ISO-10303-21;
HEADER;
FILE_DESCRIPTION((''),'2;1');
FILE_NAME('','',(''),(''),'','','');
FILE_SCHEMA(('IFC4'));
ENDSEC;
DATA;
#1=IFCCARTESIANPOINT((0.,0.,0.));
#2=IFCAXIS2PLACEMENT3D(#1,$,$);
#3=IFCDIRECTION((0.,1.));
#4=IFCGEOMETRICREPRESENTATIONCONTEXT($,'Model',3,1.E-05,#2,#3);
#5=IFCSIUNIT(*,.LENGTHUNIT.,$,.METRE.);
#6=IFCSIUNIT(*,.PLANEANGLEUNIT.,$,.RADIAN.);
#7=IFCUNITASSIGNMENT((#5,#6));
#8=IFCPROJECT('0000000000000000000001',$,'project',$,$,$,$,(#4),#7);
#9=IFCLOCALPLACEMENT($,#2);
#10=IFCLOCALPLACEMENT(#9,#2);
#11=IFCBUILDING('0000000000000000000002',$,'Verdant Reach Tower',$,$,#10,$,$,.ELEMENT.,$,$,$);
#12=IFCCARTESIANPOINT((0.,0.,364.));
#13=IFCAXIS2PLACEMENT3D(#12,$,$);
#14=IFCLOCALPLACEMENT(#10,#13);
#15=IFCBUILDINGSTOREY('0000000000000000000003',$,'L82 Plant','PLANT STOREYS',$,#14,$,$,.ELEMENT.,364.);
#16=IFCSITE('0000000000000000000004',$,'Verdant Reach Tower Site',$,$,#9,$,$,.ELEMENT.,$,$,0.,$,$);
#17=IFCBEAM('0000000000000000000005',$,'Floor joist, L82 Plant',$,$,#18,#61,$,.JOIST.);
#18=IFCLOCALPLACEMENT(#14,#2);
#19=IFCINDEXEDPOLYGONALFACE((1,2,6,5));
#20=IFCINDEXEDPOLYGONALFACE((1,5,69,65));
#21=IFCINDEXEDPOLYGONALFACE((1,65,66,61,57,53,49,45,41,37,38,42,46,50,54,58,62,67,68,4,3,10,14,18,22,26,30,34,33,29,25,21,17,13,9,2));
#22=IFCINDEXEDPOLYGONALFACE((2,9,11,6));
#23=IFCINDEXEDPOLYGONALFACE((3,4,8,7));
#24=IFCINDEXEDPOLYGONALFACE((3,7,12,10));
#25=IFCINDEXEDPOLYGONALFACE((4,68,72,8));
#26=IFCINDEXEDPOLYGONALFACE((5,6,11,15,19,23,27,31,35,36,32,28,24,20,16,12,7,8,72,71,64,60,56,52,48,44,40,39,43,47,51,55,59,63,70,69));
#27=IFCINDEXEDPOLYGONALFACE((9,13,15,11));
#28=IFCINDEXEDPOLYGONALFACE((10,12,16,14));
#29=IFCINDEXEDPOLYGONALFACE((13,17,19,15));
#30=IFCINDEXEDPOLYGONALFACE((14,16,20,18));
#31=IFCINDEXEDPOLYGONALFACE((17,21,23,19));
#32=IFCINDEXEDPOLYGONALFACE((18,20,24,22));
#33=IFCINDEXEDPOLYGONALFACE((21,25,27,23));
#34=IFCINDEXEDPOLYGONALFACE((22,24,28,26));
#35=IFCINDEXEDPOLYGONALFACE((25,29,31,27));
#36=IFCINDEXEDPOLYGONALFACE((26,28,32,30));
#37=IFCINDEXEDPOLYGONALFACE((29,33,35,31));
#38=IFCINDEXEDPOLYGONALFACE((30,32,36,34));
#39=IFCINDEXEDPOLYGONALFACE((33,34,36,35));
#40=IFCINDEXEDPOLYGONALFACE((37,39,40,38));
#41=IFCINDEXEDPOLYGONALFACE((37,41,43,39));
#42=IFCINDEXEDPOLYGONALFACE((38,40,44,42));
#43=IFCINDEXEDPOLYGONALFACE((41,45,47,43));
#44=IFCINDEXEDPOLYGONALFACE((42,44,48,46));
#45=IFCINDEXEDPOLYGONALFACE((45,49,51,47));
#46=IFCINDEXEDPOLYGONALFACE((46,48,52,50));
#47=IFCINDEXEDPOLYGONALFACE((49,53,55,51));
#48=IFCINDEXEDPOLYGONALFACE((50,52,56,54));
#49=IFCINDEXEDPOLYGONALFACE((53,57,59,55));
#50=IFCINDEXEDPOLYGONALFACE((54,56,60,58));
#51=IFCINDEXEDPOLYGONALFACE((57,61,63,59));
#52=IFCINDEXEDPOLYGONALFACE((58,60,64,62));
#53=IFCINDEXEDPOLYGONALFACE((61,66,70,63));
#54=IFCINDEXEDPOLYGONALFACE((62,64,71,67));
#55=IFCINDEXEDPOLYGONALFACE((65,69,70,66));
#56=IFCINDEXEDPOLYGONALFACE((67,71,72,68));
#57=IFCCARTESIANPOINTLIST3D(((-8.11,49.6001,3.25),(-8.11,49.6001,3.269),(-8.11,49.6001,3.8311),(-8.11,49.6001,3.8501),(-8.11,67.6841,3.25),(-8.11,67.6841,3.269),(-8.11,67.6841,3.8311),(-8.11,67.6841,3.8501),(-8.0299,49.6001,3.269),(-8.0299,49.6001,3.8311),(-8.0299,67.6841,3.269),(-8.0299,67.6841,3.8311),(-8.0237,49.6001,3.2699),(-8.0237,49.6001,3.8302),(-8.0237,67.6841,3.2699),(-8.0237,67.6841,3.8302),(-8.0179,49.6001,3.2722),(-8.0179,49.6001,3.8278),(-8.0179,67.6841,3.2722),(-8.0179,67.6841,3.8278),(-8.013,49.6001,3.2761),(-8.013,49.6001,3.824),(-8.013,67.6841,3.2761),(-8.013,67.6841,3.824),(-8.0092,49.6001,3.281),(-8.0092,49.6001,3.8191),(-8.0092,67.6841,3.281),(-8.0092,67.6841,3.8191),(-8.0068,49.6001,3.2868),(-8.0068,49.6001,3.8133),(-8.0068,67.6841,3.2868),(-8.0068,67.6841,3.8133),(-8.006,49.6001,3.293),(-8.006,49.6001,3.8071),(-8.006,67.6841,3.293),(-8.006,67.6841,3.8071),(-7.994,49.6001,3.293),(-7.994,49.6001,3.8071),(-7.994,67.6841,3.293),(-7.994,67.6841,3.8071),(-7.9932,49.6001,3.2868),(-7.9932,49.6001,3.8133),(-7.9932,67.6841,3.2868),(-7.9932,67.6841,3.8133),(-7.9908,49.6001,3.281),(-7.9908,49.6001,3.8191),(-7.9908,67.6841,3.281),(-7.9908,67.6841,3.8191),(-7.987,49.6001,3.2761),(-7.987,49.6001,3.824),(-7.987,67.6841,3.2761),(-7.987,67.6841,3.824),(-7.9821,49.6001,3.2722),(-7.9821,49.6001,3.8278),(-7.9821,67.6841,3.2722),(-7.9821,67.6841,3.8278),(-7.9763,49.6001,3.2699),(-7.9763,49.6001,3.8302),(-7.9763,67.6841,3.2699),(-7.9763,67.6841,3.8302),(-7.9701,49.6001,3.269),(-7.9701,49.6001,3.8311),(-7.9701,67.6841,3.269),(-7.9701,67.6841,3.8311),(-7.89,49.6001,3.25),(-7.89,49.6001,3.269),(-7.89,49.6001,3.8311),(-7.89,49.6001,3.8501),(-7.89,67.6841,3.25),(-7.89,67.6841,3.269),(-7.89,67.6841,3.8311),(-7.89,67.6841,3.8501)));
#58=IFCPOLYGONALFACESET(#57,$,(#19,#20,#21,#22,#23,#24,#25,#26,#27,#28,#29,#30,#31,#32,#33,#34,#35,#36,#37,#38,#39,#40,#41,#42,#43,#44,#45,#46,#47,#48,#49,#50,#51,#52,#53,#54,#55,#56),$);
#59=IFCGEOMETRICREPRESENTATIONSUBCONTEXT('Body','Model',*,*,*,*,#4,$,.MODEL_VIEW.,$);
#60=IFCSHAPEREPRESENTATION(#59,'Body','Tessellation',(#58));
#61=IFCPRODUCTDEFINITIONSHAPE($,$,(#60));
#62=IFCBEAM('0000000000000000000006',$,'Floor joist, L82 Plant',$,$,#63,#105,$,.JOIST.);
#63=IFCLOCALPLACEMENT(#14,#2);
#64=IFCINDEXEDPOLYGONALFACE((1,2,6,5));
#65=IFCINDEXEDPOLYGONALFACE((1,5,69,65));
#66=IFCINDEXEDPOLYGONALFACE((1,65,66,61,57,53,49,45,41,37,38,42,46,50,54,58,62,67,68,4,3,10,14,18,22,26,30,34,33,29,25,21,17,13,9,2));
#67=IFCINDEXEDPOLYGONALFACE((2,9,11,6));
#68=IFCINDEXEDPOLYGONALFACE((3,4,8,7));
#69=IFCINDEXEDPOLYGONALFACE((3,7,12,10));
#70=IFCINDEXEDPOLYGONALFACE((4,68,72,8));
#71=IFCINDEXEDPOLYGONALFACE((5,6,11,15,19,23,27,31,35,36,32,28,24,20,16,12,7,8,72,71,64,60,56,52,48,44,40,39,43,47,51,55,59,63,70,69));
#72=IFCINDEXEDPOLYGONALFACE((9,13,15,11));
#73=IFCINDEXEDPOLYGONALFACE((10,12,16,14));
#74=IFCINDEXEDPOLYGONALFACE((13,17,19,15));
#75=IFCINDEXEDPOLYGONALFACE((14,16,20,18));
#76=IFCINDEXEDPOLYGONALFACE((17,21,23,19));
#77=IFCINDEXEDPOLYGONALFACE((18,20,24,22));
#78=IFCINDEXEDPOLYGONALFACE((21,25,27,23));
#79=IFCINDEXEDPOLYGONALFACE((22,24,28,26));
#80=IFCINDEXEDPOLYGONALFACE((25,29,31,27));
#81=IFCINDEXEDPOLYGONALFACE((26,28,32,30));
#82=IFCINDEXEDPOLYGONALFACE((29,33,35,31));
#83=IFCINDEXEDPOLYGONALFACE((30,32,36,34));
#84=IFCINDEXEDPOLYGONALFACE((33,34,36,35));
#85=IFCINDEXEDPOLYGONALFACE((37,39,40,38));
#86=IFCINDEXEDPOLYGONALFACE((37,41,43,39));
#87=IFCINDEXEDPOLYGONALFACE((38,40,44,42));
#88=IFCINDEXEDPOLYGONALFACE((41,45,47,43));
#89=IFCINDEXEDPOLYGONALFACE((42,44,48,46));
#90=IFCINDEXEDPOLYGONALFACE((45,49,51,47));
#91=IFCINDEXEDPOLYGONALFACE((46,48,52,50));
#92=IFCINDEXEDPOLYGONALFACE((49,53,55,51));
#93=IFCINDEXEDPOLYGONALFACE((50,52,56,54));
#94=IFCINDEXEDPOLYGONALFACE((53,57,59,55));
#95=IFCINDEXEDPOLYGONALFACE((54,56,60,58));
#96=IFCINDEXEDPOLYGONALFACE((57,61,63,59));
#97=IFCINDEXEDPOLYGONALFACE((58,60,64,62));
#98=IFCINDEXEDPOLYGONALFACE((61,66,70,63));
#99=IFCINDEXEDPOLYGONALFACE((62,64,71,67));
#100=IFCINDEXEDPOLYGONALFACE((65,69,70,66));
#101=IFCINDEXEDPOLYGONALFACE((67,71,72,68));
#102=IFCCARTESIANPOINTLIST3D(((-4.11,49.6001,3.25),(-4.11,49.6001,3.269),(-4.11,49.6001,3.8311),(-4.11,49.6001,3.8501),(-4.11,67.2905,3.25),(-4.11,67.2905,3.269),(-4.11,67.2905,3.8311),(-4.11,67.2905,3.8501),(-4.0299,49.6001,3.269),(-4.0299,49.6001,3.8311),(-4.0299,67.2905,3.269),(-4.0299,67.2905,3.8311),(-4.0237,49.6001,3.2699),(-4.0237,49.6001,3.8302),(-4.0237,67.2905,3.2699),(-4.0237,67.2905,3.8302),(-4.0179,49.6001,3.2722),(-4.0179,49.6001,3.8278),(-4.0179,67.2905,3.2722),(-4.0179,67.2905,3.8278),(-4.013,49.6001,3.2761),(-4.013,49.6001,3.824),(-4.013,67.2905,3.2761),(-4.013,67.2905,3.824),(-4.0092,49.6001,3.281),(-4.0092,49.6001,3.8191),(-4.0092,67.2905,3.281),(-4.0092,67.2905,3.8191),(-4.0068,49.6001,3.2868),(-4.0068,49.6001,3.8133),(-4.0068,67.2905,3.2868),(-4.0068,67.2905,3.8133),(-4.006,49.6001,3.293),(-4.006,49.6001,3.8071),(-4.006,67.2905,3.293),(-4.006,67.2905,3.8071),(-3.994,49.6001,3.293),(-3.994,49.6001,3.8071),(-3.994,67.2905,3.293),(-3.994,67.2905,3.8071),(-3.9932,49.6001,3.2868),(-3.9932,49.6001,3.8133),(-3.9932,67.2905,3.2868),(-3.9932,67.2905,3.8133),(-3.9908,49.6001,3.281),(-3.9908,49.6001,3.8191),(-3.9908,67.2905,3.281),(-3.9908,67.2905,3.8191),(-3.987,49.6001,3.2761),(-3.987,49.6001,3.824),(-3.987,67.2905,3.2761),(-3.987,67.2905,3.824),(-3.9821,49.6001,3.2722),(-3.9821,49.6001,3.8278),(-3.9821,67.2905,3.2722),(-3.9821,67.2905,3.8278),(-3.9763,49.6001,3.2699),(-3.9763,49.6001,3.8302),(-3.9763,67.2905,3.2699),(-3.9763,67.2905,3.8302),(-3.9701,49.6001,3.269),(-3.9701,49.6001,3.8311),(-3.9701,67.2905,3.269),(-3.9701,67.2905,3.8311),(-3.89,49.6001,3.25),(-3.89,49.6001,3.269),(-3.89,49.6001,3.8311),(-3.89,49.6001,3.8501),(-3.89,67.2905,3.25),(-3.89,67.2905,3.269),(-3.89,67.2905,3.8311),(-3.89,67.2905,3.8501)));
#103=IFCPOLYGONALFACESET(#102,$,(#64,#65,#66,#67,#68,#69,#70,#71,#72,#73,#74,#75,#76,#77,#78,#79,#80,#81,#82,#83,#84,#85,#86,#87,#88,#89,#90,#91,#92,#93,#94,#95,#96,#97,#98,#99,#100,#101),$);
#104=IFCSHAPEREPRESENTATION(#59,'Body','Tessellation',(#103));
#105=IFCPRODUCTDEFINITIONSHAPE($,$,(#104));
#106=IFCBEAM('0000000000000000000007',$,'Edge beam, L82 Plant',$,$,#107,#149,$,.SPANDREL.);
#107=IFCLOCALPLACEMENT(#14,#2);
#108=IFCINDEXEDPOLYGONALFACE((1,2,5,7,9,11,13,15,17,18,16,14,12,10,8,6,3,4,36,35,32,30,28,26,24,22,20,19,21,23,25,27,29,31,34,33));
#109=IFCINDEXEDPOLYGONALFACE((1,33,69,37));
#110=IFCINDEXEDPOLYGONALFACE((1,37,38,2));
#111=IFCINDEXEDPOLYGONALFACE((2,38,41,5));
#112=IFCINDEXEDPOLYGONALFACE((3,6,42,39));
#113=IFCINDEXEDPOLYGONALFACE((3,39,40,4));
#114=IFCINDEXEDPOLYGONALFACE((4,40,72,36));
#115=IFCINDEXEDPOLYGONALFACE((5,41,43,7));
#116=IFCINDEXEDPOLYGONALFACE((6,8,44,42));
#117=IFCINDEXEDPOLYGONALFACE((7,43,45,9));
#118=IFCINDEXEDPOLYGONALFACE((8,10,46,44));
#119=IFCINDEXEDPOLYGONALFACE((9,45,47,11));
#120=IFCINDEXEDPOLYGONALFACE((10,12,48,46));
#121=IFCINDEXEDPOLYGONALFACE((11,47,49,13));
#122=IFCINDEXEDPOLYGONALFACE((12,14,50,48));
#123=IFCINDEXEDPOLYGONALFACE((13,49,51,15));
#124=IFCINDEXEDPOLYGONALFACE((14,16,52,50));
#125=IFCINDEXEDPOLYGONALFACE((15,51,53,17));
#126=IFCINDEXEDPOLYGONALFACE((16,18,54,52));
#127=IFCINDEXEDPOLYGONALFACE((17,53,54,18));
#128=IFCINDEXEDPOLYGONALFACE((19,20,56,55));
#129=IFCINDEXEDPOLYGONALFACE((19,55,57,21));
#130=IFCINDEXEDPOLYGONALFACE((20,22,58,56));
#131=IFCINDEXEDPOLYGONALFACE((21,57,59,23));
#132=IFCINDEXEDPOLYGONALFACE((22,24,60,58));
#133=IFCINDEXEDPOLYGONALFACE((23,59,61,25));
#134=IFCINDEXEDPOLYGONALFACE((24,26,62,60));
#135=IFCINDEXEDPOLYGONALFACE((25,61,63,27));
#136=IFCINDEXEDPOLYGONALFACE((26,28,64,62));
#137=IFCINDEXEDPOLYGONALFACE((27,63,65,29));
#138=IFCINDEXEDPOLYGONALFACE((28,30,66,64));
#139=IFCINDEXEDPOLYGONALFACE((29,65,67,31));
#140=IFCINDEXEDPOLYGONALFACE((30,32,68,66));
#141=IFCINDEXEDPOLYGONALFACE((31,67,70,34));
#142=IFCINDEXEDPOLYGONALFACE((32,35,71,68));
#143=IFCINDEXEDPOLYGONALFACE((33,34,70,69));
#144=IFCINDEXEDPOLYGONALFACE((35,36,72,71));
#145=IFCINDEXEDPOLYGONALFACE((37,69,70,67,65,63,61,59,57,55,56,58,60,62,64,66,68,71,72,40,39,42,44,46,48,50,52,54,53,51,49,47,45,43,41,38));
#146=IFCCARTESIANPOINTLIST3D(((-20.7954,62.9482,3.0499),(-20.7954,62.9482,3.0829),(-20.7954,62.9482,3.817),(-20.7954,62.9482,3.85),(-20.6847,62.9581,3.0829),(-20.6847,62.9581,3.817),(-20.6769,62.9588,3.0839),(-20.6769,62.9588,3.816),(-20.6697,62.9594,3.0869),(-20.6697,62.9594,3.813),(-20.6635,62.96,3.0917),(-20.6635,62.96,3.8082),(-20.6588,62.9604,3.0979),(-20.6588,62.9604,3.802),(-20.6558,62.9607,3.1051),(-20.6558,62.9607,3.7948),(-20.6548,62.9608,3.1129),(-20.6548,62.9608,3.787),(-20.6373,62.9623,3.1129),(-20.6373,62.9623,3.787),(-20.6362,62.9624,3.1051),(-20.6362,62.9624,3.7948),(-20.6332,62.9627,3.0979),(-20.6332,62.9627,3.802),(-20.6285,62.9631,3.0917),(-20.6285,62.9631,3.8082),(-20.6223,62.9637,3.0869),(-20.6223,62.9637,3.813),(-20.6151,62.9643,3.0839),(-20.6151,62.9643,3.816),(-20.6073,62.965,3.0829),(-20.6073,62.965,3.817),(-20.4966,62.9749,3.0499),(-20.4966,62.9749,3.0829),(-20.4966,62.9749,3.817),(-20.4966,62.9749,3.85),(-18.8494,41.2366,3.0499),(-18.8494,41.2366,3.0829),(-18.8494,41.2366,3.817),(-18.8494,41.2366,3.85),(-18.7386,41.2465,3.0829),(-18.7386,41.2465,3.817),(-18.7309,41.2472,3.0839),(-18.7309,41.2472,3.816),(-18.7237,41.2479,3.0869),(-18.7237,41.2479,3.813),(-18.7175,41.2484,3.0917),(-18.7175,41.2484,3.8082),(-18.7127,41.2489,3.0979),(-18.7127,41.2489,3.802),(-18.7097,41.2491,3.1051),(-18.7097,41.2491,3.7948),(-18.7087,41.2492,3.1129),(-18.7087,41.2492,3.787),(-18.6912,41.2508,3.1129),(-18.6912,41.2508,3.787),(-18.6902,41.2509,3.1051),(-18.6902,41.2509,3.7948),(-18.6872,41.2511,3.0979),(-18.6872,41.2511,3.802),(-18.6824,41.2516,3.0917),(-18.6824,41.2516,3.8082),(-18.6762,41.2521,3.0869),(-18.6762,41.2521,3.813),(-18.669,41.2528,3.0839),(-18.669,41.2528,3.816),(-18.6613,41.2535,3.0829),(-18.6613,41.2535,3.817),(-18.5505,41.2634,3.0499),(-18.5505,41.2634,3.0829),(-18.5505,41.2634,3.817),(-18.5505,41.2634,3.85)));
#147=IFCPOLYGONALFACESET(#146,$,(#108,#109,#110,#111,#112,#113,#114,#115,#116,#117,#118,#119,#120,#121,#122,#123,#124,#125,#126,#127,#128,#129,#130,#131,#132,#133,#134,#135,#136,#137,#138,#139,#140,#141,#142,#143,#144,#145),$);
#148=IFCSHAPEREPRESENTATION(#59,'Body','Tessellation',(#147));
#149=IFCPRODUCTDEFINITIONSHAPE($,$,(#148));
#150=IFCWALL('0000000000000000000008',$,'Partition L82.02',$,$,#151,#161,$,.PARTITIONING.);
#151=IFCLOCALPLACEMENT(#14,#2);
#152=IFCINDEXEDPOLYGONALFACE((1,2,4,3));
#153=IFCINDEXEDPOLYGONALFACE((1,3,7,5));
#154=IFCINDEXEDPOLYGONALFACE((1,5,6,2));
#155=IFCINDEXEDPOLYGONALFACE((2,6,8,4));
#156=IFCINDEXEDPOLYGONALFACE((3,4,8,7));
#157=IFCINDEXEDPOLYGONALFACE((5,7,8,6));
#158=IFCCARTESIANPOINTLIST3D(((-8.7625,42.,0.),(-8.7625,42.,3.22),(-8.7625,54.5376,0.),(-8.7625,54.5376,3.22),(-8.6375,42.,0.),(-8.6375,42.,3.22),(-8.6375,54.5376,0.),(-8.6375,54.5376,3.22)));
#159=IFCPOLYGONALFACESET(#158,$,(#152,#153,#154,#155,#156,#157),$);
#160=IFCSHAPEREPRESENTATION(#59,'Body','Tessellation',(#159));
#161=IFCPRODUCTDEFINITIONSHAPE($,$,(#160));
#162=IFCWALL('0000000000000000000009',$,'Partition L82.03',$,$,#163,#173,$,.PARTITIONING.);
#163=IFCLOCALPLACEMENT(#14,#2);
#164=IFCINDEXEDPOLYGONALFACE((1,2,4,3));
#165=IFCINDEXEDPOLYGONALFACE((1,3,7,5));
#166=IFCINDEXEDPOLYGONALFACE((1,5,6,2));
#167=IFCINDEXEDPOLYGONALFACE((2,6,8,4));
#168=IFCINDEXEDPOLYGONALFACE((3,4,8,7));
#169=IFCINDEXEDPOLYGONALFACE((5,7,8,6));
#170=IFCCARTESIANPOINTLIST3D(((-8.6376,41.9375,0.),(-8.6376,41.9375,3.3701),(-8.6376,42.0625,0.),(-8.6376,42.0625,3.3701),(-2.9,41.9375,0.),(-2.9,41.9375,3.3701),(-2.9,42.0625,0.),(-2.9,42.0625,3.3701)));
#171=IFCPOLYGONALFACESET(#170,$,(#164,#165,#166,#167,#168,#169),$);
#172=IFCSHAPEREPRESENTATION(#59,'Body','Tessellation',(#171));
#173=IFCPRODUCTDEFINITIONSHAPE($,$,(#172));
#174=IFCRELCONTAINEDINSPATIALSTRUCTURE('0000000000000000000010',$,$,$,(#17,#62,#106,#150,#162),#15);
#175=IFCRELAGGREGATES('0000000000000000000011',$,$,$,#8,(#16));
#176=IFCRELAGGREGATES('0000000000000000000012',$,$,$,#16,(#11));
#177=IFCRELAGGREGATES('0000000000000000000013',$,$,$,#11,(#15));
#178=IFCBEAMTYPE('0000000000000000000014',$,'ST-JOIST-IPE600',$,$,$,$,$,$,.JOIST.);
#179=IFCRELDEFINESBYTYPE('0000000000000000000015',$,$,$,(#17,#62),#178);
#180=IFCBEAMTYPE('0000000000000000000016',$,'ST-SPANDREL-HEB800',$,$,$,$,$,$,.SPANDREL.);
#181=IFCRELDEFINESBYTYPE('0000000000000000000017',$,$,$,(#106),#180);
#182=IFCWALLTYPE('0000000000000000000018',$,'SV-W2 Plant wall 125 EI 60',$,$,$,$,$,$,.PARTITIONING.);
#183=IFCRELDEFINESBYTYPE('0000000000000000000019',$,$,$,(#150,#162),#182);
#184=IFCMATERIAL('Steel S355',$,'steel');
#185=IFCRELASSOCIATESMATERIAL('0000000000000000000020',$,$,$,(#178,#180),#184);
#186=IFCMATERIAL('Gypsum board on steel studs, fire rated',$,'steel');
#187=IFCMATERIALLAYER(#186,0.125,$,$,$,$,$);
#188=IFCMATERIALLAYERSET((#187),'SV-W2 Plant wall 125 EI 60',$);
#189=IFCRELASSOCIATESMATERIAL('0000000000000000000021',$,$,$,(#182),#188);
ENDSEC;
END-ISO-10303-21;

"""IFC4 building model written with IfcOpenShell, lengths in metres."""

from ifc_helpers import new_model, si_unit, direction, frame, frame_2d, origin, origin_2d, place, context, subcontext, project, spatial, rectangle, i_section, extrude, material, layer, layer_set, material_profile, profile_set, type_object, element, save


model = new_model("IFC4")

# Units and contexts
model_context = context("Model", 3, precision=1e-05, world=origin(), true_north=direction((0.0, 1.0)))
body_context = subcontext(model_context, "Body", "Model", "MODEL_VIEW")
ifc_project = project(units=[si_unit("LENGTHUNIT", "METRE"), si_unit("PLANEANGLEUNIT", "RADIAN")], contexts=[model_context])

# Site, building, storey
site_placement = place(None, origin())
site = spatial("IfcSite", under=ifc_project, at=site_placement, Name="Verdant Reach Tower Site", CompositionType="ELEMENT", RefElevation=0.0)
building_placement = place(site_placement, origin())
building = spatial("IfcBuilding", under=site, at=building_placement, Name="Verdant Reach Tower", CompositionType="ELEMENT")
storey_placement = place(building_placement, frame((0.0, 0.0, 364.0)))
storey = spatial("IfcBuildingStorey", under=building, at=storey_placement, Name="L82 Plant", Description="PLANT STOREYS", CompositionType="ELEMENT", Elevation=364.0)

# Beams
ifc_material_1 = material(Name="Steel S355", Category="steel")
ifc_material_profile_1 = material_profile(ifc_material_1, i_section(OverallWidth=0.22, OverallDepth=0.6001, WebThickness=0.012, FlangeThickness=0.019, FilletRadius=0.0239, at=origin_2d()), Name="IPE 600")
ifc_profile_set_1 = profile_set([ifc_material_profile_1], Name="Steel S355")
beam_type_1 = type_object("IfcBeamType", Name="ST-JOIST-IPE600", PredefinedType="JOIST", material=ifc_profile_set_1)
beam_1_placement = place(storey_placement, frame((-8.0, 49.6001, 3.55), z_axis=(0.0, 1.0, 0.0), x_axis=(-1.0, 0.0, 0.0)))
element("IfcBeam", 1, at=beam_1_placement, inside=storey, type_object=beam_type_1, Name="Floor joist, L82 Plant", PredefinedType="JOIST", context=body_context, shape_type="SweptSolid", body=[
    extrude(i_section(OverallWidth=0.22, OverallDepth=0.6001, WebThickness=0.012, FlangeThickness=0.019, FilletRadius=0.0239, at=origin_2d()), origin(), (0.0, 0.0, 1.0), 18.084),
])
beam_2_placement = place(storey_placement, frame((-4.0, 49.6001, 3.55), z_axis=(0.0, 1.0, 0.0), x_axis=(-1.0, 0.0, 0.0)))
element("IfcBeam", 2, at=beam_2_placement, inside=storey, type_object=beam_type_1, Name="Floor joist, L82 Plant", PredefinedType="JOIST", context=body_context, shape_type="SweptSolid", body=[
    extrude(i_section(OverallWidth=0.22, OverallDepth=0.6001, WebThickness=0.012, FlangeThickness=0.019, FilletRadius=0.0239, at=origin_2d()), origin(), (0.0, 0.0, 1.0), 17.6904),
])
ifc_material_profile_2 = material_profile(ifc_material_1, i_section(OverallWidth=0.3, OverallDepth=0.8, WebThickness=0.0176, FlangeThickness=0.033, FilletRadius=0.03, at=origin_2d()), Name="HEB 800")
ifc_profile_set_2 = profile_set([ifc_material_profile_2], Name="Steel S355")
beam_type_2 = type_object("IfcBeamType", Name="ST-SPANDREL-HEB800", PredefinedType="SPANDREL", material=ifc_profile_set_2)
beam_3_placement = place(storey_placement, frame((-18.7, 41.25, 3.45), z_axis=(-0.089274, 0.996007, 0.0), x_axis=(-0.996007, -0.089274, 0.0)))
element("IfcBeam", 3, at=beam_3_placement, inside=storey, type_object=beam_type_2, Name="Edge beam, L82 Plant", PredefinedType="SPANDREL", context=body_context, shape_type="SweptSolid", body=[
    extrude(i_section(OverallWidth=0.3, OverallDepth=0.8, WebThickness=0.0176, FlangeThickness=0.033, FilletRadius=0.03, at=origin_2d()), origin(), (0.0, 0.0, 1.0), 21.7986),
])

# Shared definitions
ifc_material_2 = material(Name="Gypsum board on steel studs, fire rated", Category="steel")
ifc_layer = layer(ifc_material_2, 0.125)
ifc_layer_set = layer_set([ifc_layer], Name="SV-W2 Plant wall 125 EI 60")
wall_type = type_object("IfcWallType", Name="SV-W2 Plant wall 125 EI 60", PredefinedType="PARTITIONING", material=ifc_layer_set)

# Walls
wall_1_placement = place(storey_placement, frame((-8.7, 54.5376, 0.0), z_axis=(0.0, 0.0, 1.0), x_axis=(0.0, -1.0, 0.0)))
element("IfcWall", 4, at=wall_1_placement, inside=storey, type_object=wall_type, Name="Partition L82.02", PredefinedType="PARTITIONING", context=body_context, shape_type="SweptSolid", body=[
    extrude(rectangle(XDim=12.5376, YDim=0.125, at=frame_2d((6.2688, 0.0))), origin(), (0.0, 0.0, 1.0), 3.22),
])
wall_2_placement = place(storey_placement, frame((-8.6375, 42.0, 0.0), z_axis=(0.0, 0.0, 1.0), x_axis=(1.0, 0.0, 0.0)))
element("IfcWall", 5, at=wall_2_placement, inside=storey, type_object=wall_type, Name="Partition L82.03", PredefinedType="PARTITIONING", context=body_context, shape_type="SweptSolid", body=[
    extrude(rectangle(XDim=5.7375, YDim=0.125, at=frame_2d((2.8687, 0.0))), origin(), (0.0, 0.0, 1.0), 3.3701),
])

save(model, "model.ifc")
